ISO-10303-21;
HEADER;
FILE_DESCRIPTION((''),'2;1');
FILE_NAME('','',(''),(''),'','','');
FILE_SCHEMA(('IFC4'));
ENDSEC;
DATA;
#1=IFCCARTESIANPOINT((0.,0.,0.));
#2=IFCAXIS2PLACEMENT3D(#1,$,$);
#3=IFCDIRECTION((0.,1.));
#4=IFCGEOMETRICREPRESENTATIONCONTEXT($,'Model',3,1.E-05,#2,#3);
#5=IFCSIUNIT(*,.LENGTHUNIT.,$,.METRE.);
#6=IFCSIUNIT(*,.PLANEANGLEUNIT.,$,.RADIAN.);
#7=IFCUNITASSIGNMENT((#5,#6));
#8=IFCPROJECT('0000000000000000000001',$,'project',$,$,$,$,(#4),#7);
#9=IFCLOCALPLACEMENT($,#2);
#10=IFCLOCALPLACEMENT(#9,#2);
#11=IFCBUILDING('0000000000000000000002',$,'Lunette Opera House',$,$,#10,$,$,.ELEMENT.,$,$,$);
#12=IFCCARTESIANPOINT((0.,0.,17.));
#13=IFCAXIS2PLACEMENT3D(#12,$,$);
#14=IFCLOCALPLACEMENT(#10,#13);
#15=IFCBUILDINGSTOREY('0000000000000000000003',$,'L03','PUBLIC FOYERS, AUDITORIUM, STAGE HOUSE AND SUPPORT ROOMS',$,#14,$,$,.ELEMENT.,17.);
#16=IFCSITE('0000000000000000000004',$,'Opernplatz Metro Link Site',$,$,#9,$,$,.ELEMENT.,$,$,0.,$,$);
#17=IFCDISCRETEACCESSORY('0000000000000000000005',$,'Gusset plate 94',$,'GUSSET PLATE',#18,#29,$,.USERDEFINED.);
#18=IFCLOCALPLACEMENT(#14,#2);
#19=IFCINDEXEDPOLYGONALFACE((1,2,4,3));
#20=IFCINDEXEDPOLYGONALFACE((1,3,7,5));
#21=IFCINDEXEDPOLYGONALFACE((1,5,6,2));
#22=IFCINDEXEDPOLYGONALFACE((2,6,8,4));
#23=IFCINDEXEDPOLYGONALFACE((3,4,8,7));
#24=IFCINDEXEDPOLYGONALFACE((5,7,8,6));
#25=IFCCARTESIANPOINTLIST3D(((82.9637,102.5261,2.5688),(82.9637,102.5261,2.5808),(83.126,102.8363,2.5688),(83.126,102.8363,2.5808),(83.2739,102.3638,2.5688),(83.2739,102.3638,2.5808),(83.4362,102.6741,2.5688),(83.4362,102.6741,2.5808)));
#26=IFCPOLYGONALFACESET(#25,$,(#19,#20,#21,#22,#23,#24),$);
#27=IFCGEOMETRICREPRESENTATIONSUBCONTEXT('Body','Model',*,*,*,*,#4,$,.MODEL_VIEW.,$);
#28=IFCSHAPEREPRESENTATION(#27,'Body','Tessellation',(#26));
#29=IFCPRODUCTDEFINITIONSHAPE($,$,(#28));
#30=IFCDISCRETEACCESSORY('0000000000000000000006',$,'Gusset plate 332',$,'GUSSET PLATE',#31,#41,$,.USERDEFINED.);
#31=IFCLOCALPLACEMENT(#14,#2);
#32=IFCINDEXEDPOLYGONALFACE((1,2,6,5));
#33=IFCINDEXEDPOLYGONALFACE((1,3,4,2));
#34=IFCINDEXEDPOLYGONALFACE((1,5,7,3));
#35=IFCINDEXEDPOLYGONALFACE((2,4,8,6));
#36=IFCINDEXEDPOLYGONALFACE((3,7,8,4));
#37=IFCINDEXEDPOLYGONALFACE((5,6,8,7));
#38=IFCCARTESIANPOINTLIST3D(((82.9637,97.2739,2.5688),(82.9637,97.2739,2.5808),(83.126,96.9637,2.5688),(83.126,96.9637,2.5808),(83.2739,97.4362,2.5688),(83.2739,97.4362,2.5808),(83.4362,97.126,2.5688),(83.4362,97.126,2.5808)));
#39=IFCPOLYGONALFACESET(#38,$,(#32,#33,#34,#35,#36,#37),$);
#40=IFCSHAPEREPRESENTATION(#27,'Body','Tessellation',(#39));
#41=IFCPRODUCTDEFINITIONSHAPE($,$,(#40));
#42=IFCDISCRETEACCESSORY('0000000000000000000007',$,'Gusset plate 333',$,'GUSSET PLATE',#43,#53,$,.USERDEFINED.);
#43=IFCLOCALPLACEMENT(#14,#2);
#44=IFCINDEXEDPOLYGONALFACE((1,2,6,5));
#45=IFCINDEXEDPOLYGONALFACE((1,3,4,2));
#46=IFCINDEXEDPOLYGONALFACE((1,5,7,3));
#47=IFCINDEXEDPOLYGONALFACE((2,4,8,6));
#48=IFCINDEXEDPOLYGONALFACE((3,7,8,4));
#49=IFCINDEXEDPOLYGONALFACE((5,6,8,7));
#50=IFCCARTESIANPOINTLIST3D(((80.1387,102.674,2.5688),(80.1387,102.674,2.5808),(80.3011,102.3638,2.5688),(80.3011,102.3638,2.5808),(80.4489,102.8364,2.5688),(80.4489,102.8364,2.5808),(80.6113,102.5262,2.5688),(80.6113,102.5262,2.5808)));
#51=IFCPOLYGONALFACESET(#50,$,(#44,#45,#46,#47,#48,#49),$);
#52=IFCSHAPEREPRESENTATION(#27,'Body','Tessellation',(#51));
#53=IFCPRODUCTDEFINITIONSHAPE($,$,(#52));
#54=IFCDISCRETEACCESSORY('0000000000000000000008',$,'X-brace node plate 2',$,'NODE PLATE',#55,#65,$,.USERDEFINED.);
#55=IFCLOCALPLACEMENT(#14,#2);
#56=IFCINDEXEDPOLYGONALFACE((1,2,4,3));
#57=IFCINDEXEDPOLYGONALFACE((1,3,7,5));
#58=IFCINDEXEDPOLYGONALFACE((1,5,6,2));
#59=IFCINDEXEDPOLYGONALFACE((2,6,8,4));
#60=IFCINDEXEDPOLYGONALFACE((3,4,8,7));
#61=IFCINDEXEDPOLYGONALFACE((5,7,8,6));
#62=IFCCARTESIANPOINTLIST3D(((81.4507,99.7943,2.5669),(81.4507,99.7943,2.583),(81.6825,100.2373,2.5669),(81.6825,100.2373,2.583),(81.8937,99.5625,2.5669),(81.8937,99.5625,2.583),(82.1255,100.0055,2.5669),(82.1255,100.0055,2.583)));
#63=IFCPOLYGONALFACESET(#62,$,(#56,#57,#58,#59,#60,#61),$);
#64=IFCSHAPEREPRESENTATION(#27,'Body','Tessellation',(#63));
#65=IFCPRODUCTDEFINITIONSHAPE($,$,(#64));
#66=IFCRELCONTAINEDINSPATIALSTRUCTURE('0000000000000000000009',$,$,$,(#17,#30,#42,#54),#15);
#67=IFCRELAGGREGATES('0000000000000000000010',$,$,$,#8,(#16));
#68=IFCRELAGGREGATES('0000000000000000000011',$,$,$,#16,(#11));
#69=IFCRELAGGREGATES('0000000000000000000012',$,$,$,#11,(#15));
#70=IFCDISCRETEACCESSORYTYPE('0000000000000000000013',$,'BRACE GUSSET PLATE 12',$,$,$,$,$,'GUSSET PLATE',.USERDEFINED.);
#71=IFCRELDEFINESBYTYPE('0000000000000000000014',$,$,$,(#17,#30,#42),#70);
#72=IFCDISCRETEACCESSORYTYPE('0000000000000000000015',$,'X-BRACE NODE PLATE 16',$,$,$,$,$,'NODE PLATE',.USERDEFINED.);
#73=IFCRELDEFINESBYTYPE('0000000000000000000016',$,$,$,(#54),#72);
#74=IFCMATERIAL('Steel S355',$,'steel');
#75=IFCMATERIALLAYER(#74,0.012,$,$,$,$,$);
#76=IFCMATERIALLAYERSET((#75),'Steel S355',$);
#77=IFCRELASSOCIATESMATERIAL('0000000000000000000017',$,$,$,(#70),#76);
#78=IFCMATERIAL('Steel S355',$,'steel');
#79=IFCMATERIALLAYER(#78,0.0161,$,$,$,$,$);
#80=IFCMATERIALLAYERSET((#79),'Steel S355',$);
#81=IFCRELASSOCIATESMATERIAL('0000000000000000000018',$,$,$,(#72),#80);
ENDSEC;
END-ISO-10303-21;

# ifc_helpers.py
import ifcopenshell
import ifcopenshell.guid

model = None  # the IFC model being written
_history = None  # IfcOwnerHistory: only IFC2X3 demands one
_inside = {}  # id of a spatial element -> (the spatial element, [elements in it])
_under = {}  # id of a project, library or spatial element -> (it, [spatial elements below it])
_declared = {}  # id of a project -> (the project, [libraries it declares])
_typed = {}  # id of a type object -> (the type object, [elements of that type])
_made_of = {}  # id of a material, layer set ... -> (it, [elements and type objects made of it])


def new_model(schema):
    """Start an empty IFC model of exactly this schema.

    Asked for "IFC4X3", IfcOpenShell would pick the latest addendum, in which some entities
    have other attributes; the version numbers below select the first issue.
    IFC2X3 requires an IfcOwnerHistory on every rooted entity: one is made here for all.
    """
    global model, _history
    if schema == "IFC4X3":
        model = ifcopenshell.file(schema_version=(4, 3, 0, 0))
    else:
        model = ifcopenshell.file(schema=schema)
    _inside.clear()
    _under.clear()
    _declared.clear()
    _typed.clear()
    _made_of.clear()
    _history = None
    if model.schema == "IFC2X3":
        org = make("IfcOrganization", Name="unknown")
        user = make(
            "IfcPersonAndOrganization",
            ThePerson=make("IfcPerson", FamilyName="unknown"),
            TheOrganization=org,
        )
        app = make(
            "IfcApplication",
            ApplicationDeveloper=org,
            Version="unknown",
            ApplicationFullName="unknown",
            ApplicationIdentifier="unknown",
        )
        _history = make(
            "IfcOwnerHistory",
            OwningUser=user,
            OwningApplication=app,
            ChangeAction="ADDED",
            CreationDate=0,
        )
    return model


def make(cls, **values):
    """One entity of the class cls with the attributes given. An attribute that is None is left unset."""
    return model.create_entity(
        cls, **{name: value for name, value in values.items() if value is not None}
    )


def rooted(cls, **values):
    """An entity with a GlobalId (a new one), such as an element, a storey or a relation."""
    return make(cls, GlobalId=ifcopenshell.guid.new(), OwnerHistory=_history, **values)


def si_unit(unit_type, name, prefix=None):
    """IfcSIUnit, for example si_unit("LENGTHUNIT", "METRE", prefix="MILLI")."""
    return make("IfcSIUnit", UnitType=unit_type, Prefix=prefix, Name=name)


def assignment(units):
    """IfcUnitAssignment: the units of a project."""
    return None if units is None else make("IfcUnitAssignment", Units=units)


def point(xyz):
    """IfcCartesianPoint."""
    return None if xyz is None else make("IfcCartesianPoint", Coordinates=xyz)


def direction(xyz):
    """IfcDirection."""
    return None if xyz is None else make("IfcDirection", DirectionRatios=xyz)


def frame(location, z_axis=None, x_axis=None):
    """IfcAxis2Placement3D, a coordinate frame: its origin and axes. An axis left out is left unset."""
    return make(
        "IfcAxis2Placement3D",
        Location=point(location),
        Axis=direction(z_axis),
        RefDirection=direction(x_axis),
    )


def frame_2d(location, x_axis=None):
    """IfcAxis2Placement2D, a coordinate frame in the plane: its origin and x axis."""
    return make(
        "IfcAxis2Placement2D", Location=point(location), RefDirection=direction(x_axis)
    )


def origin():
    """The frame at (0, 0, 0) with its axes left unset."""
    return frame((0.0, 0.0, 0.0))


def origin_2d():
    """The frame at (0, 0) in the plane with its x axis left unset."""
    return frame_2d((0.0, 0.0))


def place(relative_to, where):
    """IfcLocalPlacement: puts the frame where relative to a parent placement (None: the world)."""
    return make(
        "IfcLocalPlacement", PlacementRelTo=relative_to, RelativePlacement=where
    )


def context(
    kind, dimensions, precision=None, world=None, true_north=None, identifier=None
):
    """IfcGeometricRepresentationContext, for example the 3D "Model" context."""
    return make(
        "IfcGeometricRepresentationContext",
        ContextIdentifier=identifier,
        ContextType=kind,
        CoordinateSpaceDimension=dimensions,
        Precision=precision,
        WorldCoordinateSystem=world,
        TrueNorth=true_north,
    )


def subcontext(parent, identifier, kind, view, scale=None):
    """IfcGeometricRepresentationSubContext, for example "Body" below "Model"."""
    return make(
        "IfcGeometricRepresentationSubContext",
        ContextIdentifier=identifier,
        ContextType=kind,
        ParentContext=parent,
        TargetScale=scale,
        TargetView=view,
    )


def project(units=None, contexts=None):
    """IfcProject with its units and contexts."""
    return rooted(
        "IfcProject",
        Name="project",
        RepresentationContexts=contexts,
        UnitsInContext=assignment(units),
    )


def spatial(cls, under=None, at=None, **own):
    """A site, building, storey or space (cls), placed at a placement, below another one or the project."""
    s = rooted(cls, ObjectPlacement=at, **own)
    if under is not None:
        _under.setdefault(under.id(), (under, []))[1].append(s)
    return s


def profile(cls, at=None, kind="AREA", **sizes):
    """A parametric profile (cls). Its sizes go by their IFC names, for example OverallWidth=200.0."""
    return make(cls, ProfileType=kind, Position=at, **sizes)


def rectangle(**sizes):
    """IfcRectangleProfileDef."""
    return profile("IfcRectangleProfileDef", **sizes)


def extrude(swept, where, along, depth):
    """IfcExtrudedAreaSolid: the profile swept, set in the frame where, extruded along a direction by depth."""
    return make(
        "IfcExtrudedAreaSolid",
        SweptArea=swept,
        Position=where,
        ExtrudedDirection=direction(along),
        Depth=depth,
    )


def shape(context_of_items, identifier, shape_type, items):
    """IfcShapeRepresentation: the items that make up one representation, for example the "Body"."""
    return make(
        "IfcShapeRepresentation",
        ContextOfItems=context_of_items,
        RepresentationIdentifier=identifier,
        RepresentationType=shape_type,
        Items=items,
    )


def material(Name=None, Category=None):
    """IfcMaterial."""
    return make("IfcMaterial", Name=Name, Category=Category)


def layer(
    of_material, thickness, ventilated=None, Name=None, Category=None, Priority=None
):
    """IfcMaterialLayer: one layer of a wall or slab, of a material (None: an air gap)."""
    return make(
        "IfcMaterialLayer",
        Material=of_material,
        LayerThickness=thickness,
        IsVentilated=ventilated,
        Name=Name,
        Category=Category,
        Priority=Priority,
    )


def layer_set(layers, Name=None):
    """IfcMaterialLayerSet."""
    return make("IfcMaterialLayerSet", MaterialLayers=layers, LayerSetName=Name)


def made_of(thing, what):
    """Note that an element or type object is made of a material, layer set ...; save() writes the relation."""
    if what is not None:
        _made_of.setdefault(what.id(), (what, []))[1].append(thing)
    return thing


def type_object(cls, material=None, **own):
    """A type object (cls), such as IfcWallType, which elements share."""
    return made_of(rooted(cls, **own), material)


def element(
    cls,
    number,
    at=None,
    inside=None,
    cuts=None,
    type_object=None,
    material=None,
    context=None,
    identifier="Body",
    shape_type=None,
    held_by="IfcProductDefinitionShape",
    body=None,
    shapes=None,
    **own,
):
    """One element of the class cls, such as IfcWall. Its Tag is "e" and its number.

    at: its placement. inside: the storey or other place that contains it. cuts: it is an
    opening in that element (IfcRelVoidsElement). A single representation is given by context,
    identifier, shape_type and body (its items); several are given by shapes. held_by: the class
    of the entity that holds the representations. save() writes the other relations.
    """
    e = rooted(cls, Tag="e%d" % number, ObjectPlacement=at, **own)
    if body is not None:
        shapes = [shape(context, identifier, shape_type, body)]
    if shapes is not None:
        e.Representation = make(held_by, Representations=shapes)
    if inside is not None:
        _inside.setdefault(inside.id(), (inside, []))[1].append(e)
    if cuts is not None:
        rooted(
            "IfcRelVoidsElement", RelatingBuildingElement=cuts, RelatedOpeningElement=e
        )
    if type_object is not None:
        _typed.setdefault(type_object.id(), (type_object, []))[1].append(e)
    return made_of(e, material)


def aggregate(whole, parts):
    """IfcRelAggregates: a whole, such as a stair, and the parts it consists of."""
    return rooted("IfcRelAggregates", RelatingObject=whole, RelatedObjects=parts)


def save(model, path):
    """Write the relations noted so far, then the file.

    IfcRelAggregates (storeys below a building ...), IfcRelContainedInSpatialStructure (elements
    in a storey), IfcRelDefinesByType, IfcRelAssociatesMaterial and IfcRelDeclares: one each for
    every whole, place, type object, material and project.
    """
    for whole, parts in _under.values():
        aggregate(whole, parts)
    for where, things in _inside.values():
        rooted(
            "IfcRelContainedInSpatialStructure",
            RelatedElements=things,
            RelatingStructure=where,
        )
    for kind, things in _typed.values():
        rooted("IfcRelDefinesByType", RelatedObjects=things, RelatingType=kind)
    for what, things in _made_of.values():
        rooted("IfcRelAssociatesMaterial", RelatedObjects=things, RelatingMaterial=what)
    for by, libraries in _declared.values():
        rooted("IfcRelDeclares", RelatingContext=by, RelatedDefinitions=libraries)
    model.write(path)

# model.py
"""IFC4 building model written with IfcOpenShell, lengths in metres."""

from ifc_helpers import new_model, si_unit, direction, frame, origin, origin_2d, place, context, subcontext, project, spatial, rectangle, extrude, material, layer, layer_set, type_object, element, save


model = new_model("IFC4")

# Units and contexts
model_context = context("Model", 3, precision=1e-05, world=origin(), true_north=direction((0.0, 1.0)))
body_context = subcontext(model_context, "Body", "Model", "MODEL_VIEW")
ifc_project = project(units=[si_unit("LENGTHUNIT", "METRE"), si_unit("PLANEANGLEUNIT", "RADIAN")], contexts=[model_context])

# Site, building, storey
site_placement = place(None, origin())
site = spatial("IfcSite", under=ifc_project, at=site_placement, Name="Opernplatz Metro Link Site", CompositionType="ELEMENT", RefElevation=0.0)
building_placement = place(site_placement, origin())
building = spatial("IfcBuilding", under=site, at=building_placement, Name="Lunette Opera House", CompositionType="ELEMENT")
storey_placement = place(building_placement, frame((0.0, 0.0, 17.0)))
storey = spatial("IfcBuildingStorey", under=building, at=storey_placement, Name="L03", Description="PUBLIC FOYERS, AUDITORIUM, STAGE HOUSE AND SUPPORT ROOMS", CompositionType="ELEMENT", Elevation=17.0)

# Discrete accessories
ifc_material_1 = material(Name="Steel S355", Category="steel")
ifc_layer_1 = layer(ifc_material_1, 0.012)
ifc_layer_set_1 = layer_set([ifc_layer_1], Name="Steel S355")
discrete_accessory_type_1 = type_object("IfcDiscreteAccessoryType", Name="BRACE GUSSET PLATE 12", ElementType="GUSSET PLATE", PredefinedType="USERDEFINED", material=ifc_layer_set_1)
for number, where, z_axis, x_axis, name in (
    (1, (83.2, 102.6001, 2.5688), (0.0, 0.0, 1.0), (0.463547, 0.886073, 0.0), "Gusset plate 94"),
    (2, (83.2, 97.2, 2.5688), (0.0, 0.0, 1.0), (-0.463418, 0.88614, 0.0), "Gusset plate 332"),
    (3, (80.375, 102.6001, 2.5688), (0.0, 0.0, 1.0), (-0.463676, 0.886005, 0.0), "Gusset plate 333"),
):
    element("IfcDiscreteAccessory", number, at=place(storey_placement, frame(where, z_axis=z_axis, x_axis=x_axis)), inside=storey, type_object=discrete_accessory_type_1, Name=name, ObjectType="GUSSET PLATE", PredefinedType="USERDEFINED", context=body_context, shape_type="SweptSolid", body=[
        extrude(rectangle(XDim=0.3501, YDim=0.3501, at=origin_2d()), origin(), (0.0, 0.0, 1.0), 0.012),
    ])
ifc_material_2 = material(Name="Steel S355", Category="steel")
ifc_layer_2 = layer(ifc_material_2, 0.0161)
ifc_layer_set_2 = layer_set([ifc_layer_2], Name="Steel S355")
discrete_accessory_type_2 = type_object("IfcDiscreteAccessoryType", Name="X-BRACE NODE PLATE 16", ElementType="NODE PLATE", PredefinedType="USERDEFINED", material=ifc_layer_set_2)
discrete_accessory_placement = place(storey_placement, frame((81.7881, 99.8999, 2.5669), z_axis=(0.0, 0.0, 1.0), x_axis=(0.463547, 0.886073, 0.0)))
element("IfcDiscreteAccessory", 4, at=discrete_accessory_placement, inside=storey, type_object=discrete_accessory_type_2, Name="X-brace node plate 2", ObjectType="NODE PLATE", PredefinedType="USERDEFINED", context=body_context, shape_type="SweptSolid", body=[
    extrude(rectangle(XDim=0.5, YDim=0.5, at=origin_2d()), origin(), (0.0, 0.0, 1.0), 0.0161),
])

save(model, "model.ifc")
